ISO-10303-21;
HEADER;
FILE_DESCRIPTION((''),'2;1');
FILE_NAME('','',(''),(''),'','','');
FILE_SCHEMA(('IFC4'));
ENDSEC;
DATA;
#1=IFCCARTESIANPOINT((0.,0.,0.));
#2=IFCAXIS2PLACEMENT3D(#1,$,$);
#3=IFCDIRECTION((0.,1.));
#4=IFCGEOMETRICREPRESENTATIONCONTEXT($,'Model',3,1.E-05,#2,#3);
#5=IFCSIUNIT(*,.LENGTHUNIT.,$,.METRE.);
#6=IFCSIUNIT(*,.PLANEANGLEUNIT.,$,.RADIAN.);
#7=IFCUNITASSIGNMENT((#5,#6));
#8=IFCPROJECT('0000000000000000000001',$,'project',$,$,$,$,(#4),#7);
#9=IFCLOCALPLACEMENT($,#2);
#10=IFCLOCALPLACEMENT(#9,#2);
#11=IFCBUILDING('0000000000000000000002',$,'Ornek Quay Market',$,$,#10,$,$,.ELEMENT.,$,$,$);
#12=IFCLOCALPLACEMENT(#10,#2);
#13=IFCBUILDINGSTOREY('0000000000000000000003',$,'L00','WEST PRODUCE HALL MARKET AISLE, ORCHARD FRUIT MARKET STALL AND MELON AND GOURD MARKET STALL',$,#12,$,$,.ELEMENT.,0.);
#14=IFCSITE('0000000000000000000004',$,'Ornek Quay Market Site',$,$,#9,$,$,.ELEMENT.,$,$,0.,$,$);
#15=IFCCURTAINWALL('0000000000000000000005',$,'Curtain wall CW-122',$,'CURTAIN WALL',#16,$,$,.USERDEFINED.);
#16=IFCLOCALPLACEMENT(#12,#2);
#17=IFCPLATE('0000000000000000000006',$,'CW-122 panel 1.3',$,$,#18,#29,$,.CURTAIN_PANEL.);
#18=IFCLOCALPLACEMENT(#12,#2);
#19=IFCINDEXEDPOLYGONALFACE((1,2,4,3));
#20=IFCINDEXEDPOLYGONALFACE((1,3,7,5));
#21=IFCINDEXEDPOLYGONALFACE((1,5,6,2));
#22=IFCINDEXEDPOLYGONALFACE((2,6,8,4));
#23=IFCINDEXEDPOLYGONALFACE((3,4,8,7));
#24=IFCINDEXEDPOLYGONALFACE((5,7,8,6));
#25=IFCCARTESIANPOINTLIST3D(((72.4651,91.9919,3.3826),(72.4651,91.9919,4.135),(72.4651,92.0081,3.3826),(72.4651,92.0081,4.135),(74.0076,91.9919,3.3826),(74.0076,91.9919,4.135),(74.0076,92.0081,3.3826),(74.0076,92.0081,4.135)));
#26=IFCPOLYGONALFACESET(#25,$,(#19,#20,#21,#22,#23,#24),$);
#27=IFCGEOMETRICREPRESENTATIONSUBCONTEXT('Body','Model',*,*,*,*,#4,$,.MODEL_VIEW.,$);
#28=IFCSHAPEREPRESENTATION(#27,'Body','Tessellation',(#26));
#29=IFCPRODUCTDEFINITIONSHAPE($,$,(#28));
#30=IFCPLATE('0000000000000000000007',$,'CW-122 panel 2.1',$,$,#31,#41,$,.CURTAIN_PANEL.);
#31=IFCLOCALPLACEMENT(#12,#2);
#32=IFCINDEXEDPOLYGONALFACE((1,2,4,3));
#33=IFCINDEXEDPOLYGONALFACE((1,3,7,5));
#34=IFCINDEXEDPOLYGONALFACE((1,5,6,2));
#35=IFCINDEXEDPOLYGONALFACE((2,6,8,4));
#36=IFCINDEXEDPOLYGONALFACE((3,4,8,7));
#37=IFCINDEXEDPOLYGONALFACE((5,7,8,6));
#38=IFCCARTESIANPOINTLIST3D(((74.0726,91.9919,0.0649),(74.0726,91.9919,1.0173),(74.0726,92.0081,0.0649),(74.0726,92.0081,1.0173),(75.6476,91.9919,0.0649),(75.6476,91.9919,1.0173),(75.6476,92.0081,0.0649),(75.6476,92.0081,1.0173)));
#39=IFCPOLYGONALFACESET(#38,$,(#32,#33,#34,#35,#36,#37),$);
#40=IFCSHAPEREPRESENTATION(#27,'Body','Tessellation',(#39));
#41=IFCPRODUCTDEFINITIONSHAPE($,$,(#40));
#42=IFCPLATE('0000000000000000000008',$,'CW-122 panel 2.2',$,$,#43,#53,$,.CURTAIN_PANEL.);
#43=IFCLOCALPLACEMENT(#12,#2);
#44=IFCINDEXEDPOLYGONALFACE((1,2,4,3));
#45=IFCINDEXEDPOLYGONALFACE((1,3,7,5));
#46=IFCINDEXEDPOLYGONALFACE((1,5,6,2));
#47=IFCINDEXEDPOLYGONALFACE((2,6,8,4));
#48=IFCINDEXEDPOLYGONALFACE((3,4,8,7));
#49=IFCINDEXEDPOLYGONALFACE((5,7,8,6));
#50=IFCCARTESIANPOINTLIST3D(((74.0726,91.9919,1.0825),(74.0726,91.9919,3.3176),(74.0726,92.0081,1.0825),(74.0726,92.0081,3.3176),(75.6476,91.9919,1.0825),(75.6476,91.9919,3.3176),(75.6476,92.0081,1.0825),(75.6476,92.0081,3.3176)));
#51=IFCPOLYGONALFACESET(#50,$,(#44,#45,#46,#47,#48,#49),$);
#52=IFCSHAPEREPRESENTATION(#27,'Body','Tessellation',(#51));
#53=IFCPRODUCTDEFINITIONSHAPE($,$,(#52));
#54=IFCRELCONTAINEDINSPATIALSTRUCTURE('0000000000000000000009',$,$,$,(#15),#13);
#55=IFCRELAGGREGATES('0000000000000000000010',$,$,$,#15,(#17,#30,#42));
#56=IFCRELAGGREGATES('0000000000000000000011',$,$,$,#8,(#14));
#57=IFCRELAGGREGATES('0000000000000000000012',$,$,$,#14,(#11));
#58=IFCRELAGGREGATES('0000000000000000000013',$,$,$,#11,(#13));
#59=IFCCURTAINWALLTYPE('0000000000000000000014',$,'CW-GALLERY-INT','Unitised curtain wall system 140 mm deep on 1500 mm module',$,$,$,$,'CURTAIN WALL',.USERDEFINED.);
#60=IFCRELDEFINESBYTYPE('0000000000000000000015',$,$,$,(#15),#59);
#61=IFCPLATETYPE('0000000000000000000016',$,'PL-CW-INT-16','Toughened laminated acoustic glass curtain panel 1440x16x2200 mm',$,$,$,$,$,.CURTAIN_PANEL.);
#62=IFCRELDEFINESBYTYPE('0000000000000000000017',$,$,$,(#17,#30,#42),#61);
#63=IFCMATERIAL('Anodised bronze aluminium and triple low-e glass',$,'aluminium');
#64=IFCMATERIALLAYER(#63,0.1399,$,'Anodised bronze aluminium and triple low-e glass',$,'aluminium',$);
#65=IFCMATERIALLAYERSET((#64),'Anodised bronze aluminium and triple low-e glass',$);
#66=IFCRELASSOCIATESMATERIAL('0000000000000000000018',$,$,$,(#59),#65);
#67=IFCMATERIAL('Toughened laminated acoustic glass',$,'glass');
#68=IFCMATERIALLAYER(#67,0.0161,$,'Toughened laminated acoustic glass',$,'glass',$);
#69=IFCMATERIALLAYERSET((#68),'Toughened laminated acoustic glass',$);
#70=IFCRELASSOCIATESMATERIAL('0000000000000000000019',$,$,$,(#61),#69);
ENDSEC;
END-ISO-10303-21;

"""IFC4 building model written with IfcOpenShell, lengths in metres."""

from ifc_helpers import new_model, si_unit, direction, frame, origin, origin_2d, place, context, subcontext, project, spatial, rectangle, extrude, material, layer, layer_set, type_object, element, aggregate, save


model = new_model("IFC4")

# Units and contexts
model_context = context("Model", 3, precision=1e-05, world=origin(), true_north=direction((0.0, 1.0)))
body_context = subcontext(model_context, "Body", "Model", "MODEL_VIEW")
ifc_project = project(units=[si_unit("LENGTHUNIT", "METRE"), si_unit("PLANEANGLEUNIT", "RADIAN")], contexts=[model_context])

# Site, building, storey
site_placement = place(None, origin())
site = spatial("IfcSite", under=ifc_project, at=site_placement, Name="Ornek Quay Market Site", CompositionType="ELEMENT", RefElevation=0.0)
building_placement = place(site_placement, origin())
building = spatial("IfcBuilding", under=site, at=building_placement, Name="Ornek Quay Market", CompositionType="ELEMENT")
storey_placement = place(building_placement, origin())
storey = spatial("IfcBuildingStorey", under=building, at=storey_placement, Name="L00", Description="WEST PRODUCE HALL MARKET AISLE, ORCHARD FRUIT MARKET STALL AND MELON AND GOURD MARKET STALL", CompositionType="ELEMENT", Elevation=0.0)

# Curtain wall
ifc_material_1 = material(Name="Anodised bronze aluminium and triple low-e glass", Category="aluminium")
ifc_layer_1 = layer(ifc_material_1, 0.1399, Name="Anodised bronze aluminium and triple low-e glass", Category="aluminium")
ifc_layer_set_1 = layer_set([ifc_layer_1], Name="Anodised bronze aluminium and triple low-e glass")
curtain_wall_type = type_object("IfcCurtainWallType", Name="CW-GALLERY-INT", Description="Unitised curtain wall system 140 mm deep on 1500 mm module", ElementType="CURTAIN WALL", PredefinedType="USERDEFINED", material=ifc_layer_set_1)
curtain_wall_1_placement = place(storey_placement, origin())
curtain_wall_1 = element("IfcCurtainWall", 1, at=curtain_wall_1_placement, inside=storey, type_object=curtain_wall_type, Name="Curtain wall CW-122", ObjectType="CURTAIN WALL", PredefinedType="USERDEFINED")

# Plates
ifc_material_2 = material(Name="Toughened laminated acoustic glass", Category="glass")
ifc_layer_2 = layer(ifc_material_2, 0.0161, Name="Toughened laminated acoustic glass", Category="glass")
ifc_layer_set_2 = layer_set([ifc_layer_2], Name="Toughened laminated acoustic glass")
plate_type = type_object("IfcPlateType", Name="PL-CW-INT-16", Description="Toughened laminated acoustic glass curtain panel 1440x16x2200 mm", PredefinedType="CURTAIN_PANEL", material=ifc_layer_set_2)
plate_1_placement = place(storey_placement, frame((73.2363, 92.0, 3.3826), z_axis=(0.0, 0.0, 1.0), x_axis=(1.0, 0.0, 0.0)))
plate_1 = element("IfcPlate", 2, at=plate_1_placement, type_object=plate_type, Name="CW-122 panel 1.3", PredefinedType="CURTAIN_PANEL", context=body_context, shape_type="SweptSolid", body=[
    extrude(rectangle(XDim=1.5425, YDim=0.0161, at=origin_2d()), origin(), (0.0, 0.0, 1.0), 0.7524),
])
plate_2_placement = place(storey_placement, frame((74.8601, 92.0, 0.0649), z_axis=(0.0, 0.0, 1.0), x_axis=(1.0, 0.0, 0.0)))
plate_2 = element("IfcPlate", 3, at=plate_2_placement, type_object=plate_type, Name="CW-122 panel 2.1", PredefinedType="CURTAIN_PANEL", context=body_context, shape_type="SweptSolid", body=[
    extrude(rectangle(XDim=1.575, YDim=0.0161, at=origin_2d()), origin(), (0.0, 0.0, 1.0), 0.9524),
])
plate_3_placement = place(storey_placement, frame((74.8601, 92.0, 1.0825), z_axis=(0.0, 0.0, 1.0), x_axis=(1.0, 0.0, 0.0)))
plate_3 = element("IfcPlate", 4, at=plate_3_placement, type_object=plate_type, Name="CW-122 panel 2.2", PredefinedType="CURTAIN_PANEL", context=body_context, shape_type="SweptSolid", body=[
    extrude(rectangle(XDim=1.575, YDim=0.0161, at=origin_2d()), origin(), (0.0, 0.0, 1.0), 2.2351),
])
aggregate(curtain_wall_1, [plate_1, plate_2, plate_3])

save(model, "model.ifc")
